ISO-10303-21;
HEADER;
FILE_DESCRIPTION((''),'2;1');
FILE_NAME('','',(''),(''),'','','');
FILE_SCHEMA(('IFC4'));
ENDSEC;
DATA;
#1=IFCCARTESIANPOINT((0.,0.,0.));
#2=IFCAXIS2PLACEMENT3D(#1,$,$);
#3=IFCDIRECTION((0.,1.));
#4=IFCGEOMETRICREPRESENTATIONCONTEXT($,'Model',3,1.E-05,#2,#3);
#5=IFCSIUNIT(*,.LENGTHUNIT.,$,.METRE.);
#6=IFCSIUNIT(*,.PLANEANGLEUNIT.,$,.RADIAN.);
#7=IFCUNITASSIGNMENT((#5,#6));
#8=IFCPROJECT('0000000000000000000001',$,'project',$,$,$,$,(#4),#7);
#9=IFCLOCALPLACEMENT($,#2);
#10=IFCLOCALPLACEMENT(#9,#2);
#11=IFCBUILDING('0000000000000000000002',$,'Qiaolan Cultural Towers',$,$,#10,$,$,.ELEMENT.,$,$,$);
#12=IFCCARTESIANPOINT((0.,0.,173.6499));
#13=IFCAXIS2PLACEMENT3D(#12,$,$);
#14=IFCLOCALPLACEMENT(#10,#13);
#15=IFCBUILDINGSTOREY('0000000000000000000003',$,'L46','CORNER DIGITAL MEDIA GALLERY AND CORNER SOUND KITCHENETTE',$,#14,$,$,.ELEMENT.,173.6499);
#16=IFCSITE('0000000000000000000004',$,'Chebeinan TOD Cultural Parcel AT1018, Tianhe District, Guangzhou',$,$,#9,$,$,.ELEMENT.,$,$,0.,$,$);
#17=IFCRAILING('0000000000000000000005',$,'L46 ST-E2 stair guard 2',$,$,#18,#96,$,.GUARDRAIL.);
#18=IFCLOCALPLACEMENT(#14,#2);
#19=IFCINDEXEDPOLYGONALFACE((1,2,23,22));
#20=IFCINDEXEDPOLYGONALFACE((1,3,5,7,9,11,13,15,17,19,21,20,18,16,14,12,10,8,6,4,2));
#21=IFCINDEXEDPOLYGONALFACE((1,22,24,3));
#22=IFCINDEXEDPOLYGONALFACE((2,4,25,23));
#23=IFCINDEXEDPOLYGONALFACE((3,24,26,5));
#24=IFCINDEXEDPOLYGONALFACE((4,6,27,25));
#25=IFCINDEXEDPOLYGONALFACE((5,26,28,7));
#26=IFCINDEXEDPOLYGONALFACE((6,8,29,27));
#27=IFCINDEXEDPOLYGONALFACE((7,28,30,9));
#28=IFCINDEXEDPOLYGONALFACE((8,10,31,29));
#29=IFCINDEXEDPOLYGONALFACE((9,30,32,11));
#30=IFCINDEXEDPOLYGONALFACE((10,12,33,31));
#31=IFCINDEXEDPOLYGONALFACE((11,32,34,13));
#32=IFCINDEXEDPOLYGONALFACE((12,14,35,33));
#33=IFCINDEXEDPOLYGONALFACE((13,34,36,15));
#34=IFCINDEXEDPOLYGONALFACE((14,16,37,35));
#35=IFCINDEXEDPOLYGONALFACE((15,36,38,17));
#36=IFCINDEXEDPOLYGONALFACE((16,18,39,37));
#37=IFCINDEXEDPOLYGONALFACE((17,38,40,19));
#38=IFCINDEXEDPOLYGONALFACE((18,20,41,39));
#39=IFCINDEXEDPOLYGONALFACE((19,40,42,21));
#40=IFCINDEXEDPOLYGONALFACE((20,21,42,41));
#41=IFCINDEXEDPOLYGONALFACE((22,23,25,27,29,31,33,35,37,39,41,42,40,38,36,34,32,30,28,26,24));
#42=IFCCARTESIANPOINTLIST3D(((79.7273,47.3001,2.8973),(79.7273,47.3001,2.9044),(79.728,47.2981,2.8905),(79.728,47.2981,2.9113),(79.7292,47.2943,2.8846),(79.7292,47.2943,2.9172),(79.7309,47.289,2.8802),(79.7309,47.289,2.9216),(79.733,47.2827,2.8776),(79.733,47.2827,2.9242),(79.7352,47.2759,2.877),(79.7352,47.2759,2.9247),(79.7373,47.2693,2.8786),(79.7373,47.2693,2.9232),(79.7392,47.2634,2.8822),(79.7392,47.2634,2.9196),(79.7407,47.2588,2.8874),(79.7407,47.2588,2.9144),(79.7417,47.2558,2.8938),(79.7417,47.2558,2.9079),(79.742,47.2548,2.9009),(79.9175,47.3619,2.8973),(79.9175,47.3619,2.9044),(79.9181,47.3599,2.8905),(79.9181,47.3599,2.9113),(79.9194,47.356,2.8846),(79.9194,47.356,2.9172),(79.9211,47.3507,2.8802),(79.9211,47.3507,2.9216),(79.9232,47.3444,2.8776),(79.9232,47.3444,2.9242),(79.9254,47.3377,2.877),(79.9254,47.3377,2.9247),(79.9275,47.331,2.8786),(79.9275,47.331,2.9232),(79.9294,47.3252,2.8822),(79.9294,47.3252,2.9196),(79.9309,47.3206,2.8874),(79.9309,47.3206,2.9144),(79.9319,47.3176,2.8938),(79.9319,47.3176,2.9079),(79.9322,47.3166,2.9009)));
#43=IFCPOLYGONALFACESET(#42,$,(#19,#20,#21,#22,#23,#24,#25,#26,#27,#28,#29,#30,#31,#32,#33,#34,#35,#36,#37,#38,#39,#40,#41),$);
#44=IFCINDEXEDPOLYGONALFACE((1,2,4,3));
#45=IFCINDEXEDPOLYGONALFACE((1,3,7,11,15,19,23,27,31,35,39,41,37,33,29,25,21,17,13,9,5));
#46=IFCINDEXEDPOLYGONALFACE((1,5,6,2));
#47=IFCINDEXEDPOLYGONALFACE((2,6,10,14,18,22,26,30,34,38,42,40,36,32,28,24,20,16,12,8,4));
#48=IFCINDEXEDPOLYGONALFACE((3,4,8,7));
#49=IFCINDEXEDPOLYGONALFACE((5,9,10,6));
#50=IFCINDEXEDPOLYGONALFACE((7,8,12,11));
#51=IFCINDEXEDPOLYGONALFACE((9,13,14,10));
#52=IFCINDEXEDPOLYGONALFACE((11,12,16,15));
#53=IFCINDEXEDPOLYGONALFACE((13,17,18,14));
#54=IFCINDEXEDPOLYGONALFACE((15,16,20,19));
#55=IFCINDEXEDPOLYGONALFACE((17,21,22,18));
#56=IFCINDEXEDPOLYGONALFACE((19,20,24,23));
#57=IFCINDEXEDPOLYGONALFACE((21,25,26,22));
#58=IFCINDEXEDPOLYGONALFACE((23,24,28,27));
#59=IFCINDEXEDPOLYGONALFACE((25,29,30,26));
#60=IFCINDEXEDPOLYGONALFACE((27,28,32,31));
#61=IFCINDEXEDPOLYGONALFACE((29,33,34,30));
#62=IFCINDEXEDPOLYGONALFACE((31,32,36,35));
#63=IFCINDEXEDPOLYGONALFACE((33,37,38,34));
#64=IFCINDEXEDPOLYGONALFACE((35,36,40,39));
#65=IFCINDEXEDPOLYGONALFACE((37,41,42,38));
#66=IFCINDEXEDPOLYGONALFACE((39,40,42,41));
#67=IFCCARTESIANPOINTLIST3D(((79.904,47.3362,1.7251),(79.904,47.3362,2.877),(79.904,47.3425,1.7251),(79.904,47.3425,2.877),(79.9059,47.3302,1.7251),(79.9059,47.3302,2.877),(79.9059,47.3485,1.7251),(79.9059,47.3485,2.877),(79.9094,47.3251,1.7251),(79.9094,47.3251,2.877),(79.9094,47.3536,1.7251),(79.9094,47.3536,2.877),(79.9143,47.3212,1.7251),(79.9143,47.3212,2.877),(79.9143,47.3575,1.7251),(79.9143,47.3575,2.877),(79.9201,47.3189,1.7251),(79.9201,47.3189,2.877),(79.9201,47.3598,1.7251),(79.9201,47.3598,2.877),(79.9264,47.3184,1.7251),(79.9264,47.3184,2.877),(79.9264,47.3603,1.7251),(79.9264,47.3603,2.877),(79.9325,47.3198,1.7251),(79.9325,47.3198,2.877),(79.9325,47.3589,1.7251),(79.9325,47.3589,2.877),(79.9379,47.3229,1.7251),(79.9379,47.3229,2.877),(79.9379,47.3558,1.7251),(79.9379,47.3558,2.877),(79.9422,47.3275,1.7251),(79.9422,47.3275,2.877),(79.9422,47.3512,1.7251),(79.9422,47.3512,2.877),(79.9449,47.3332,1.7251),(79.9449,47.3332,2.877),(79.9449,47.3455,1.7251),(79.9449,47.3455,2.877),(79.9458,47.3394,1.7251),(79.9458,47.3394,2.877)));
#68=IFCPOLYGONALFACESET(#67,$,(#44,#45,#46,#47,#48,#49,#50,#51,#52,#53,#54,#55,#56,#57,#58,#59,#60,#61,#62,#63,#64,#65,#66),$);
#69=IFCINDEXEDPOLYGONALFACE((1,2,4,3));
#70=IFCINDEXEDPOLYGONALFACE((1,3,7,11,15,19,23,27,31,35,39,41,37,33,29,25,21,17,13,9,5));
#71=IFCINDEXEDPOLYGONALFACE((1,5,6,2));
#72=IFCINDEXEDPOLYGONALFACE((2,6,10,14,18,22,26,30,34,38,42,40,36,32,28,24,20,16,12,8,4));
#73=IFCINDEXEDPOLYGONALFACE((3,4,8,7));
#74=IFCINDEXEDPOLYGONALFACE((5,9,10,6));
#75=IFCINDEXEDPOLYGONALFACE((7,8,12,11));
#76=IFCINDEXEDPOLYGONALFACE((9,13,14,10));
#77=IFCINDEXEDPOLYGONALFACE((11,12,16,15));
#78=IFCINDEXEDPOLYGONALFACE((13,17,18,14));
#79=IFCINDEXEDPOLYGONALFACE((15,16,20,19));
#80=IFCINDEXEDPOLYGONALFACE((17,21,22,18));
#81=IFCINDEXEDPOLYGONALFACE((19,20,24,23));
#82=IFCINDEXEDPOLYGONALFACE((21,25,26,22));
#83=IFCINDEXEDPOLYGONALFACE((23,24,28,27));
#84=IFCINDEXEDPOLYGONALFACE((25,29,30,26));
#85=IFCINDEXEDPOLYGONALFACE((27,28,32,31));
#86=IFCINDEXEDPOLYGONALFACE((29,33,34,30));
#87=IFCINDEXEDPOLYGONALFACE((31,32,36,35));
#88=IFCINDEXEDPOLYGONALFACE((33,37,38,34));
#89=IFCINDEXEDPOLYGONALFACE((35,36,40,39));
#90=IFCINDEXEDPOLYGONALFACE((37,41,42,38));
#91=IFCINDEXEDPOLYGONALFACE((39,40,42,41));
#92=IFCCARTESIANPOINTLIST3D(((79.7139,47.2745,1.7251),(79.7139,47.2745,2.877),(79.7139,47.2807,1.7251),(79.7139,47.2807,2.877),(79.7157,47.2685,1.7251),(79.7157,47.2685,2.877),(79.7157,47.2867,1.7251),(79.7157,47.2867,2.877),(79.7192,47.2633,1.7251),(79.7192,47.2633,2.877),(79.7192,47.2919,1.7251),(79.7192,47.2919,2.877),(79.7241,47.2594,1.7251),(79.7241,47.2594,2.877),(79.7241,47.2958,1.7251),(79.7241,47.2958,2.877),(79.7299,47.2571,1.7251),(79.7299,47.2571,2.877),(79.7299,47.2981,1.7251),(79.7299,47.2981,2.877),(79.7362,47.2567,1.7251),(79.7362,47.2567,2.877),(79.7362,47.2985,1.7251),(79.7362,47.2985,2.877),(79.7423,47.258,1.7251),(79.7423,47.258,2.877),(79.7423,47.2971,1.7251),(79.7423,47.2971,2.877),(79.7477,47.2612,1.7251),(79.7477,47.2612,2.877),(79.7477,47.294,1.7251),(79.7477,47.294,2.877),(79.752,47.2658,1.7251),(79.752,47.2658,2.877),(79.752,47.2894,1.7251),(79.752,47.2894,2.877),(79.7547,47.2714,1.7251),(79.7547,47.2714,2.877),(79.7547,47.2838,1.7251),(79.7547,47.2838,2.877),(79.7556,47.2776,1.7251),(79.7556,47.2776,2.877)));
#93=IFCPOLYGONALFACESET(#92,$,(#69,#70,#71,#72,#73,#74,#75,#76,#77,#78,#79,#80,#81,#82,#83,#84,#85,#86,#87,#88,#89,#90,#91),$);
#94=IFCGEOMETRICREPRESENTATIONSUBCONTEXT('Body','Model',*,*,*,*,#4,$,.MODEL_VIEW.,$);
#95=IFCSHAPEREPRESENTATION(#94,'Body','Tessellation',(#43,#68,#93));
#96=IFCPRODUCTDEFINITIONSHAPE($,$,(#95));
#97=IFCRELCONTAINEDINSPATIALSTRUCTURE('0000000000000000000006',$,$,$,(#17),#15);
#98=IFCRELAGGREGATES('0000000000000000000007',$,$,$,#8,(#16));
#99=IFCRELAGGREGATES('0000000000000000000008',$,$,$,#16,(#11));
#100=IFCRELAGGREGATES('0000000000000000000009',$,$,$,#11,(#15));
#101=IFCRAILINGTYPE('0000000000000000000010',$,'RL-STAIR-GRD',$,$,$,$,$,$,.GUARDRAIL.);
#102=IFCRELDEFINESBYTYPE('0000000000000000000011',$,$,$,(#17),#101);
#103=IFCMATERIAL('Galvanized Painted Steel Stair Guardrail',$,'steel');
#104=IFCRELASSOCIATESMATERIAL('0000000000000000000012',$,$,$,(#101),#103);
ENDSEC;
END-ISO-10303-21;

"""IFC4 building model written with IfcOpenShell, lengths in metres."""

from ifc_helpers import new_model, si_unit, direction, frame, origin, origin_2d, place, context, subcontext, project, spatial, circle, extrude, material, type_object, element, save


model = new_model("IFC4")

# Units and contexts
model_context = context("Model", 3, precision=1e-05, world=origin(), true_north=direction((0.0, 1.0)))
body_context = subcontext(model_context, "Body", "Model", "MODEL_VIEW")
ifc_project = project(units=[si_unit("LENGTHUNIT", "METRE"), si_unit("PLANEANGLEUNIT", "RADIAN")], contexts=[model_context])

# Site, building, storey
site_placement = place(None, origin())
site = spatial("IfcSite", under=ifc_project, at=site_placement, Name="Chebeinan TOD Cultural Parcel AT1018, Tianhe District, Guangzhou", CompositionType="ELEMENT", RefElevation=0.0)
building_placement = place(site_placement, origin())
building = spatial("IfcBuilding", under=site, at=building_placement, Name="Qiaolan Cultural Towers", CompositionType="ELEMENT")
storey_placement = place(building_placement, frame((0.0, 0.0, 173.6499)))
storey = spatial("IfcBuildingStorey", under=building, at=storey_placement, Name="L46", Description="CORNER DIGITAL MEDIA GALLERY AND CORNER SOUND KITCHENETTE", CompositionType="ELEMENT", Elevation=173.6499)

# Railing
ifc_material_1 = material(Name="Galvanized Painted Steel Stair Guardrail", Category="steel")
railing_type_1 = type_object("IfcRailingType", Name="RL-STAIR-GRD", PredefinedType="GUARDRAIL", material=ifc_material_1)
railing_1_placement = place(storey_placement, frame((79.9248, 47.3394, 1.7251)))
element("IfcRailing", 1, at=railing_1_placement, inside=storey, type_object=railing_type_1, Name="L46 ST-E2 stair guard 2", PredefinedType="GUARDRAIL", context=body_context, shape_type="SweptSolid", body=[
    extrude(circle(Radius=0.0239, at=origin_2d()), frame((0.0, 0.0, 1.1758), z_axis=(-0.951097, -0.308893, 0.0), x_axis=(0.308893, -0.951097, 0.0)), (0.0, 0.0, 1.0), 0.2),
    extrude(circle(Radius=0.021, at=origin_2d()), origin(), (0.0, 0.0, 1.0), 1.1519),
    extrude(circle(Radius=0.021, at=origin_2d()), frame((-0.1902, -0.0618, 0.0)), (0.0, 0.0, 1.0), 1.1519),
])

save(model, "model.ifc")
